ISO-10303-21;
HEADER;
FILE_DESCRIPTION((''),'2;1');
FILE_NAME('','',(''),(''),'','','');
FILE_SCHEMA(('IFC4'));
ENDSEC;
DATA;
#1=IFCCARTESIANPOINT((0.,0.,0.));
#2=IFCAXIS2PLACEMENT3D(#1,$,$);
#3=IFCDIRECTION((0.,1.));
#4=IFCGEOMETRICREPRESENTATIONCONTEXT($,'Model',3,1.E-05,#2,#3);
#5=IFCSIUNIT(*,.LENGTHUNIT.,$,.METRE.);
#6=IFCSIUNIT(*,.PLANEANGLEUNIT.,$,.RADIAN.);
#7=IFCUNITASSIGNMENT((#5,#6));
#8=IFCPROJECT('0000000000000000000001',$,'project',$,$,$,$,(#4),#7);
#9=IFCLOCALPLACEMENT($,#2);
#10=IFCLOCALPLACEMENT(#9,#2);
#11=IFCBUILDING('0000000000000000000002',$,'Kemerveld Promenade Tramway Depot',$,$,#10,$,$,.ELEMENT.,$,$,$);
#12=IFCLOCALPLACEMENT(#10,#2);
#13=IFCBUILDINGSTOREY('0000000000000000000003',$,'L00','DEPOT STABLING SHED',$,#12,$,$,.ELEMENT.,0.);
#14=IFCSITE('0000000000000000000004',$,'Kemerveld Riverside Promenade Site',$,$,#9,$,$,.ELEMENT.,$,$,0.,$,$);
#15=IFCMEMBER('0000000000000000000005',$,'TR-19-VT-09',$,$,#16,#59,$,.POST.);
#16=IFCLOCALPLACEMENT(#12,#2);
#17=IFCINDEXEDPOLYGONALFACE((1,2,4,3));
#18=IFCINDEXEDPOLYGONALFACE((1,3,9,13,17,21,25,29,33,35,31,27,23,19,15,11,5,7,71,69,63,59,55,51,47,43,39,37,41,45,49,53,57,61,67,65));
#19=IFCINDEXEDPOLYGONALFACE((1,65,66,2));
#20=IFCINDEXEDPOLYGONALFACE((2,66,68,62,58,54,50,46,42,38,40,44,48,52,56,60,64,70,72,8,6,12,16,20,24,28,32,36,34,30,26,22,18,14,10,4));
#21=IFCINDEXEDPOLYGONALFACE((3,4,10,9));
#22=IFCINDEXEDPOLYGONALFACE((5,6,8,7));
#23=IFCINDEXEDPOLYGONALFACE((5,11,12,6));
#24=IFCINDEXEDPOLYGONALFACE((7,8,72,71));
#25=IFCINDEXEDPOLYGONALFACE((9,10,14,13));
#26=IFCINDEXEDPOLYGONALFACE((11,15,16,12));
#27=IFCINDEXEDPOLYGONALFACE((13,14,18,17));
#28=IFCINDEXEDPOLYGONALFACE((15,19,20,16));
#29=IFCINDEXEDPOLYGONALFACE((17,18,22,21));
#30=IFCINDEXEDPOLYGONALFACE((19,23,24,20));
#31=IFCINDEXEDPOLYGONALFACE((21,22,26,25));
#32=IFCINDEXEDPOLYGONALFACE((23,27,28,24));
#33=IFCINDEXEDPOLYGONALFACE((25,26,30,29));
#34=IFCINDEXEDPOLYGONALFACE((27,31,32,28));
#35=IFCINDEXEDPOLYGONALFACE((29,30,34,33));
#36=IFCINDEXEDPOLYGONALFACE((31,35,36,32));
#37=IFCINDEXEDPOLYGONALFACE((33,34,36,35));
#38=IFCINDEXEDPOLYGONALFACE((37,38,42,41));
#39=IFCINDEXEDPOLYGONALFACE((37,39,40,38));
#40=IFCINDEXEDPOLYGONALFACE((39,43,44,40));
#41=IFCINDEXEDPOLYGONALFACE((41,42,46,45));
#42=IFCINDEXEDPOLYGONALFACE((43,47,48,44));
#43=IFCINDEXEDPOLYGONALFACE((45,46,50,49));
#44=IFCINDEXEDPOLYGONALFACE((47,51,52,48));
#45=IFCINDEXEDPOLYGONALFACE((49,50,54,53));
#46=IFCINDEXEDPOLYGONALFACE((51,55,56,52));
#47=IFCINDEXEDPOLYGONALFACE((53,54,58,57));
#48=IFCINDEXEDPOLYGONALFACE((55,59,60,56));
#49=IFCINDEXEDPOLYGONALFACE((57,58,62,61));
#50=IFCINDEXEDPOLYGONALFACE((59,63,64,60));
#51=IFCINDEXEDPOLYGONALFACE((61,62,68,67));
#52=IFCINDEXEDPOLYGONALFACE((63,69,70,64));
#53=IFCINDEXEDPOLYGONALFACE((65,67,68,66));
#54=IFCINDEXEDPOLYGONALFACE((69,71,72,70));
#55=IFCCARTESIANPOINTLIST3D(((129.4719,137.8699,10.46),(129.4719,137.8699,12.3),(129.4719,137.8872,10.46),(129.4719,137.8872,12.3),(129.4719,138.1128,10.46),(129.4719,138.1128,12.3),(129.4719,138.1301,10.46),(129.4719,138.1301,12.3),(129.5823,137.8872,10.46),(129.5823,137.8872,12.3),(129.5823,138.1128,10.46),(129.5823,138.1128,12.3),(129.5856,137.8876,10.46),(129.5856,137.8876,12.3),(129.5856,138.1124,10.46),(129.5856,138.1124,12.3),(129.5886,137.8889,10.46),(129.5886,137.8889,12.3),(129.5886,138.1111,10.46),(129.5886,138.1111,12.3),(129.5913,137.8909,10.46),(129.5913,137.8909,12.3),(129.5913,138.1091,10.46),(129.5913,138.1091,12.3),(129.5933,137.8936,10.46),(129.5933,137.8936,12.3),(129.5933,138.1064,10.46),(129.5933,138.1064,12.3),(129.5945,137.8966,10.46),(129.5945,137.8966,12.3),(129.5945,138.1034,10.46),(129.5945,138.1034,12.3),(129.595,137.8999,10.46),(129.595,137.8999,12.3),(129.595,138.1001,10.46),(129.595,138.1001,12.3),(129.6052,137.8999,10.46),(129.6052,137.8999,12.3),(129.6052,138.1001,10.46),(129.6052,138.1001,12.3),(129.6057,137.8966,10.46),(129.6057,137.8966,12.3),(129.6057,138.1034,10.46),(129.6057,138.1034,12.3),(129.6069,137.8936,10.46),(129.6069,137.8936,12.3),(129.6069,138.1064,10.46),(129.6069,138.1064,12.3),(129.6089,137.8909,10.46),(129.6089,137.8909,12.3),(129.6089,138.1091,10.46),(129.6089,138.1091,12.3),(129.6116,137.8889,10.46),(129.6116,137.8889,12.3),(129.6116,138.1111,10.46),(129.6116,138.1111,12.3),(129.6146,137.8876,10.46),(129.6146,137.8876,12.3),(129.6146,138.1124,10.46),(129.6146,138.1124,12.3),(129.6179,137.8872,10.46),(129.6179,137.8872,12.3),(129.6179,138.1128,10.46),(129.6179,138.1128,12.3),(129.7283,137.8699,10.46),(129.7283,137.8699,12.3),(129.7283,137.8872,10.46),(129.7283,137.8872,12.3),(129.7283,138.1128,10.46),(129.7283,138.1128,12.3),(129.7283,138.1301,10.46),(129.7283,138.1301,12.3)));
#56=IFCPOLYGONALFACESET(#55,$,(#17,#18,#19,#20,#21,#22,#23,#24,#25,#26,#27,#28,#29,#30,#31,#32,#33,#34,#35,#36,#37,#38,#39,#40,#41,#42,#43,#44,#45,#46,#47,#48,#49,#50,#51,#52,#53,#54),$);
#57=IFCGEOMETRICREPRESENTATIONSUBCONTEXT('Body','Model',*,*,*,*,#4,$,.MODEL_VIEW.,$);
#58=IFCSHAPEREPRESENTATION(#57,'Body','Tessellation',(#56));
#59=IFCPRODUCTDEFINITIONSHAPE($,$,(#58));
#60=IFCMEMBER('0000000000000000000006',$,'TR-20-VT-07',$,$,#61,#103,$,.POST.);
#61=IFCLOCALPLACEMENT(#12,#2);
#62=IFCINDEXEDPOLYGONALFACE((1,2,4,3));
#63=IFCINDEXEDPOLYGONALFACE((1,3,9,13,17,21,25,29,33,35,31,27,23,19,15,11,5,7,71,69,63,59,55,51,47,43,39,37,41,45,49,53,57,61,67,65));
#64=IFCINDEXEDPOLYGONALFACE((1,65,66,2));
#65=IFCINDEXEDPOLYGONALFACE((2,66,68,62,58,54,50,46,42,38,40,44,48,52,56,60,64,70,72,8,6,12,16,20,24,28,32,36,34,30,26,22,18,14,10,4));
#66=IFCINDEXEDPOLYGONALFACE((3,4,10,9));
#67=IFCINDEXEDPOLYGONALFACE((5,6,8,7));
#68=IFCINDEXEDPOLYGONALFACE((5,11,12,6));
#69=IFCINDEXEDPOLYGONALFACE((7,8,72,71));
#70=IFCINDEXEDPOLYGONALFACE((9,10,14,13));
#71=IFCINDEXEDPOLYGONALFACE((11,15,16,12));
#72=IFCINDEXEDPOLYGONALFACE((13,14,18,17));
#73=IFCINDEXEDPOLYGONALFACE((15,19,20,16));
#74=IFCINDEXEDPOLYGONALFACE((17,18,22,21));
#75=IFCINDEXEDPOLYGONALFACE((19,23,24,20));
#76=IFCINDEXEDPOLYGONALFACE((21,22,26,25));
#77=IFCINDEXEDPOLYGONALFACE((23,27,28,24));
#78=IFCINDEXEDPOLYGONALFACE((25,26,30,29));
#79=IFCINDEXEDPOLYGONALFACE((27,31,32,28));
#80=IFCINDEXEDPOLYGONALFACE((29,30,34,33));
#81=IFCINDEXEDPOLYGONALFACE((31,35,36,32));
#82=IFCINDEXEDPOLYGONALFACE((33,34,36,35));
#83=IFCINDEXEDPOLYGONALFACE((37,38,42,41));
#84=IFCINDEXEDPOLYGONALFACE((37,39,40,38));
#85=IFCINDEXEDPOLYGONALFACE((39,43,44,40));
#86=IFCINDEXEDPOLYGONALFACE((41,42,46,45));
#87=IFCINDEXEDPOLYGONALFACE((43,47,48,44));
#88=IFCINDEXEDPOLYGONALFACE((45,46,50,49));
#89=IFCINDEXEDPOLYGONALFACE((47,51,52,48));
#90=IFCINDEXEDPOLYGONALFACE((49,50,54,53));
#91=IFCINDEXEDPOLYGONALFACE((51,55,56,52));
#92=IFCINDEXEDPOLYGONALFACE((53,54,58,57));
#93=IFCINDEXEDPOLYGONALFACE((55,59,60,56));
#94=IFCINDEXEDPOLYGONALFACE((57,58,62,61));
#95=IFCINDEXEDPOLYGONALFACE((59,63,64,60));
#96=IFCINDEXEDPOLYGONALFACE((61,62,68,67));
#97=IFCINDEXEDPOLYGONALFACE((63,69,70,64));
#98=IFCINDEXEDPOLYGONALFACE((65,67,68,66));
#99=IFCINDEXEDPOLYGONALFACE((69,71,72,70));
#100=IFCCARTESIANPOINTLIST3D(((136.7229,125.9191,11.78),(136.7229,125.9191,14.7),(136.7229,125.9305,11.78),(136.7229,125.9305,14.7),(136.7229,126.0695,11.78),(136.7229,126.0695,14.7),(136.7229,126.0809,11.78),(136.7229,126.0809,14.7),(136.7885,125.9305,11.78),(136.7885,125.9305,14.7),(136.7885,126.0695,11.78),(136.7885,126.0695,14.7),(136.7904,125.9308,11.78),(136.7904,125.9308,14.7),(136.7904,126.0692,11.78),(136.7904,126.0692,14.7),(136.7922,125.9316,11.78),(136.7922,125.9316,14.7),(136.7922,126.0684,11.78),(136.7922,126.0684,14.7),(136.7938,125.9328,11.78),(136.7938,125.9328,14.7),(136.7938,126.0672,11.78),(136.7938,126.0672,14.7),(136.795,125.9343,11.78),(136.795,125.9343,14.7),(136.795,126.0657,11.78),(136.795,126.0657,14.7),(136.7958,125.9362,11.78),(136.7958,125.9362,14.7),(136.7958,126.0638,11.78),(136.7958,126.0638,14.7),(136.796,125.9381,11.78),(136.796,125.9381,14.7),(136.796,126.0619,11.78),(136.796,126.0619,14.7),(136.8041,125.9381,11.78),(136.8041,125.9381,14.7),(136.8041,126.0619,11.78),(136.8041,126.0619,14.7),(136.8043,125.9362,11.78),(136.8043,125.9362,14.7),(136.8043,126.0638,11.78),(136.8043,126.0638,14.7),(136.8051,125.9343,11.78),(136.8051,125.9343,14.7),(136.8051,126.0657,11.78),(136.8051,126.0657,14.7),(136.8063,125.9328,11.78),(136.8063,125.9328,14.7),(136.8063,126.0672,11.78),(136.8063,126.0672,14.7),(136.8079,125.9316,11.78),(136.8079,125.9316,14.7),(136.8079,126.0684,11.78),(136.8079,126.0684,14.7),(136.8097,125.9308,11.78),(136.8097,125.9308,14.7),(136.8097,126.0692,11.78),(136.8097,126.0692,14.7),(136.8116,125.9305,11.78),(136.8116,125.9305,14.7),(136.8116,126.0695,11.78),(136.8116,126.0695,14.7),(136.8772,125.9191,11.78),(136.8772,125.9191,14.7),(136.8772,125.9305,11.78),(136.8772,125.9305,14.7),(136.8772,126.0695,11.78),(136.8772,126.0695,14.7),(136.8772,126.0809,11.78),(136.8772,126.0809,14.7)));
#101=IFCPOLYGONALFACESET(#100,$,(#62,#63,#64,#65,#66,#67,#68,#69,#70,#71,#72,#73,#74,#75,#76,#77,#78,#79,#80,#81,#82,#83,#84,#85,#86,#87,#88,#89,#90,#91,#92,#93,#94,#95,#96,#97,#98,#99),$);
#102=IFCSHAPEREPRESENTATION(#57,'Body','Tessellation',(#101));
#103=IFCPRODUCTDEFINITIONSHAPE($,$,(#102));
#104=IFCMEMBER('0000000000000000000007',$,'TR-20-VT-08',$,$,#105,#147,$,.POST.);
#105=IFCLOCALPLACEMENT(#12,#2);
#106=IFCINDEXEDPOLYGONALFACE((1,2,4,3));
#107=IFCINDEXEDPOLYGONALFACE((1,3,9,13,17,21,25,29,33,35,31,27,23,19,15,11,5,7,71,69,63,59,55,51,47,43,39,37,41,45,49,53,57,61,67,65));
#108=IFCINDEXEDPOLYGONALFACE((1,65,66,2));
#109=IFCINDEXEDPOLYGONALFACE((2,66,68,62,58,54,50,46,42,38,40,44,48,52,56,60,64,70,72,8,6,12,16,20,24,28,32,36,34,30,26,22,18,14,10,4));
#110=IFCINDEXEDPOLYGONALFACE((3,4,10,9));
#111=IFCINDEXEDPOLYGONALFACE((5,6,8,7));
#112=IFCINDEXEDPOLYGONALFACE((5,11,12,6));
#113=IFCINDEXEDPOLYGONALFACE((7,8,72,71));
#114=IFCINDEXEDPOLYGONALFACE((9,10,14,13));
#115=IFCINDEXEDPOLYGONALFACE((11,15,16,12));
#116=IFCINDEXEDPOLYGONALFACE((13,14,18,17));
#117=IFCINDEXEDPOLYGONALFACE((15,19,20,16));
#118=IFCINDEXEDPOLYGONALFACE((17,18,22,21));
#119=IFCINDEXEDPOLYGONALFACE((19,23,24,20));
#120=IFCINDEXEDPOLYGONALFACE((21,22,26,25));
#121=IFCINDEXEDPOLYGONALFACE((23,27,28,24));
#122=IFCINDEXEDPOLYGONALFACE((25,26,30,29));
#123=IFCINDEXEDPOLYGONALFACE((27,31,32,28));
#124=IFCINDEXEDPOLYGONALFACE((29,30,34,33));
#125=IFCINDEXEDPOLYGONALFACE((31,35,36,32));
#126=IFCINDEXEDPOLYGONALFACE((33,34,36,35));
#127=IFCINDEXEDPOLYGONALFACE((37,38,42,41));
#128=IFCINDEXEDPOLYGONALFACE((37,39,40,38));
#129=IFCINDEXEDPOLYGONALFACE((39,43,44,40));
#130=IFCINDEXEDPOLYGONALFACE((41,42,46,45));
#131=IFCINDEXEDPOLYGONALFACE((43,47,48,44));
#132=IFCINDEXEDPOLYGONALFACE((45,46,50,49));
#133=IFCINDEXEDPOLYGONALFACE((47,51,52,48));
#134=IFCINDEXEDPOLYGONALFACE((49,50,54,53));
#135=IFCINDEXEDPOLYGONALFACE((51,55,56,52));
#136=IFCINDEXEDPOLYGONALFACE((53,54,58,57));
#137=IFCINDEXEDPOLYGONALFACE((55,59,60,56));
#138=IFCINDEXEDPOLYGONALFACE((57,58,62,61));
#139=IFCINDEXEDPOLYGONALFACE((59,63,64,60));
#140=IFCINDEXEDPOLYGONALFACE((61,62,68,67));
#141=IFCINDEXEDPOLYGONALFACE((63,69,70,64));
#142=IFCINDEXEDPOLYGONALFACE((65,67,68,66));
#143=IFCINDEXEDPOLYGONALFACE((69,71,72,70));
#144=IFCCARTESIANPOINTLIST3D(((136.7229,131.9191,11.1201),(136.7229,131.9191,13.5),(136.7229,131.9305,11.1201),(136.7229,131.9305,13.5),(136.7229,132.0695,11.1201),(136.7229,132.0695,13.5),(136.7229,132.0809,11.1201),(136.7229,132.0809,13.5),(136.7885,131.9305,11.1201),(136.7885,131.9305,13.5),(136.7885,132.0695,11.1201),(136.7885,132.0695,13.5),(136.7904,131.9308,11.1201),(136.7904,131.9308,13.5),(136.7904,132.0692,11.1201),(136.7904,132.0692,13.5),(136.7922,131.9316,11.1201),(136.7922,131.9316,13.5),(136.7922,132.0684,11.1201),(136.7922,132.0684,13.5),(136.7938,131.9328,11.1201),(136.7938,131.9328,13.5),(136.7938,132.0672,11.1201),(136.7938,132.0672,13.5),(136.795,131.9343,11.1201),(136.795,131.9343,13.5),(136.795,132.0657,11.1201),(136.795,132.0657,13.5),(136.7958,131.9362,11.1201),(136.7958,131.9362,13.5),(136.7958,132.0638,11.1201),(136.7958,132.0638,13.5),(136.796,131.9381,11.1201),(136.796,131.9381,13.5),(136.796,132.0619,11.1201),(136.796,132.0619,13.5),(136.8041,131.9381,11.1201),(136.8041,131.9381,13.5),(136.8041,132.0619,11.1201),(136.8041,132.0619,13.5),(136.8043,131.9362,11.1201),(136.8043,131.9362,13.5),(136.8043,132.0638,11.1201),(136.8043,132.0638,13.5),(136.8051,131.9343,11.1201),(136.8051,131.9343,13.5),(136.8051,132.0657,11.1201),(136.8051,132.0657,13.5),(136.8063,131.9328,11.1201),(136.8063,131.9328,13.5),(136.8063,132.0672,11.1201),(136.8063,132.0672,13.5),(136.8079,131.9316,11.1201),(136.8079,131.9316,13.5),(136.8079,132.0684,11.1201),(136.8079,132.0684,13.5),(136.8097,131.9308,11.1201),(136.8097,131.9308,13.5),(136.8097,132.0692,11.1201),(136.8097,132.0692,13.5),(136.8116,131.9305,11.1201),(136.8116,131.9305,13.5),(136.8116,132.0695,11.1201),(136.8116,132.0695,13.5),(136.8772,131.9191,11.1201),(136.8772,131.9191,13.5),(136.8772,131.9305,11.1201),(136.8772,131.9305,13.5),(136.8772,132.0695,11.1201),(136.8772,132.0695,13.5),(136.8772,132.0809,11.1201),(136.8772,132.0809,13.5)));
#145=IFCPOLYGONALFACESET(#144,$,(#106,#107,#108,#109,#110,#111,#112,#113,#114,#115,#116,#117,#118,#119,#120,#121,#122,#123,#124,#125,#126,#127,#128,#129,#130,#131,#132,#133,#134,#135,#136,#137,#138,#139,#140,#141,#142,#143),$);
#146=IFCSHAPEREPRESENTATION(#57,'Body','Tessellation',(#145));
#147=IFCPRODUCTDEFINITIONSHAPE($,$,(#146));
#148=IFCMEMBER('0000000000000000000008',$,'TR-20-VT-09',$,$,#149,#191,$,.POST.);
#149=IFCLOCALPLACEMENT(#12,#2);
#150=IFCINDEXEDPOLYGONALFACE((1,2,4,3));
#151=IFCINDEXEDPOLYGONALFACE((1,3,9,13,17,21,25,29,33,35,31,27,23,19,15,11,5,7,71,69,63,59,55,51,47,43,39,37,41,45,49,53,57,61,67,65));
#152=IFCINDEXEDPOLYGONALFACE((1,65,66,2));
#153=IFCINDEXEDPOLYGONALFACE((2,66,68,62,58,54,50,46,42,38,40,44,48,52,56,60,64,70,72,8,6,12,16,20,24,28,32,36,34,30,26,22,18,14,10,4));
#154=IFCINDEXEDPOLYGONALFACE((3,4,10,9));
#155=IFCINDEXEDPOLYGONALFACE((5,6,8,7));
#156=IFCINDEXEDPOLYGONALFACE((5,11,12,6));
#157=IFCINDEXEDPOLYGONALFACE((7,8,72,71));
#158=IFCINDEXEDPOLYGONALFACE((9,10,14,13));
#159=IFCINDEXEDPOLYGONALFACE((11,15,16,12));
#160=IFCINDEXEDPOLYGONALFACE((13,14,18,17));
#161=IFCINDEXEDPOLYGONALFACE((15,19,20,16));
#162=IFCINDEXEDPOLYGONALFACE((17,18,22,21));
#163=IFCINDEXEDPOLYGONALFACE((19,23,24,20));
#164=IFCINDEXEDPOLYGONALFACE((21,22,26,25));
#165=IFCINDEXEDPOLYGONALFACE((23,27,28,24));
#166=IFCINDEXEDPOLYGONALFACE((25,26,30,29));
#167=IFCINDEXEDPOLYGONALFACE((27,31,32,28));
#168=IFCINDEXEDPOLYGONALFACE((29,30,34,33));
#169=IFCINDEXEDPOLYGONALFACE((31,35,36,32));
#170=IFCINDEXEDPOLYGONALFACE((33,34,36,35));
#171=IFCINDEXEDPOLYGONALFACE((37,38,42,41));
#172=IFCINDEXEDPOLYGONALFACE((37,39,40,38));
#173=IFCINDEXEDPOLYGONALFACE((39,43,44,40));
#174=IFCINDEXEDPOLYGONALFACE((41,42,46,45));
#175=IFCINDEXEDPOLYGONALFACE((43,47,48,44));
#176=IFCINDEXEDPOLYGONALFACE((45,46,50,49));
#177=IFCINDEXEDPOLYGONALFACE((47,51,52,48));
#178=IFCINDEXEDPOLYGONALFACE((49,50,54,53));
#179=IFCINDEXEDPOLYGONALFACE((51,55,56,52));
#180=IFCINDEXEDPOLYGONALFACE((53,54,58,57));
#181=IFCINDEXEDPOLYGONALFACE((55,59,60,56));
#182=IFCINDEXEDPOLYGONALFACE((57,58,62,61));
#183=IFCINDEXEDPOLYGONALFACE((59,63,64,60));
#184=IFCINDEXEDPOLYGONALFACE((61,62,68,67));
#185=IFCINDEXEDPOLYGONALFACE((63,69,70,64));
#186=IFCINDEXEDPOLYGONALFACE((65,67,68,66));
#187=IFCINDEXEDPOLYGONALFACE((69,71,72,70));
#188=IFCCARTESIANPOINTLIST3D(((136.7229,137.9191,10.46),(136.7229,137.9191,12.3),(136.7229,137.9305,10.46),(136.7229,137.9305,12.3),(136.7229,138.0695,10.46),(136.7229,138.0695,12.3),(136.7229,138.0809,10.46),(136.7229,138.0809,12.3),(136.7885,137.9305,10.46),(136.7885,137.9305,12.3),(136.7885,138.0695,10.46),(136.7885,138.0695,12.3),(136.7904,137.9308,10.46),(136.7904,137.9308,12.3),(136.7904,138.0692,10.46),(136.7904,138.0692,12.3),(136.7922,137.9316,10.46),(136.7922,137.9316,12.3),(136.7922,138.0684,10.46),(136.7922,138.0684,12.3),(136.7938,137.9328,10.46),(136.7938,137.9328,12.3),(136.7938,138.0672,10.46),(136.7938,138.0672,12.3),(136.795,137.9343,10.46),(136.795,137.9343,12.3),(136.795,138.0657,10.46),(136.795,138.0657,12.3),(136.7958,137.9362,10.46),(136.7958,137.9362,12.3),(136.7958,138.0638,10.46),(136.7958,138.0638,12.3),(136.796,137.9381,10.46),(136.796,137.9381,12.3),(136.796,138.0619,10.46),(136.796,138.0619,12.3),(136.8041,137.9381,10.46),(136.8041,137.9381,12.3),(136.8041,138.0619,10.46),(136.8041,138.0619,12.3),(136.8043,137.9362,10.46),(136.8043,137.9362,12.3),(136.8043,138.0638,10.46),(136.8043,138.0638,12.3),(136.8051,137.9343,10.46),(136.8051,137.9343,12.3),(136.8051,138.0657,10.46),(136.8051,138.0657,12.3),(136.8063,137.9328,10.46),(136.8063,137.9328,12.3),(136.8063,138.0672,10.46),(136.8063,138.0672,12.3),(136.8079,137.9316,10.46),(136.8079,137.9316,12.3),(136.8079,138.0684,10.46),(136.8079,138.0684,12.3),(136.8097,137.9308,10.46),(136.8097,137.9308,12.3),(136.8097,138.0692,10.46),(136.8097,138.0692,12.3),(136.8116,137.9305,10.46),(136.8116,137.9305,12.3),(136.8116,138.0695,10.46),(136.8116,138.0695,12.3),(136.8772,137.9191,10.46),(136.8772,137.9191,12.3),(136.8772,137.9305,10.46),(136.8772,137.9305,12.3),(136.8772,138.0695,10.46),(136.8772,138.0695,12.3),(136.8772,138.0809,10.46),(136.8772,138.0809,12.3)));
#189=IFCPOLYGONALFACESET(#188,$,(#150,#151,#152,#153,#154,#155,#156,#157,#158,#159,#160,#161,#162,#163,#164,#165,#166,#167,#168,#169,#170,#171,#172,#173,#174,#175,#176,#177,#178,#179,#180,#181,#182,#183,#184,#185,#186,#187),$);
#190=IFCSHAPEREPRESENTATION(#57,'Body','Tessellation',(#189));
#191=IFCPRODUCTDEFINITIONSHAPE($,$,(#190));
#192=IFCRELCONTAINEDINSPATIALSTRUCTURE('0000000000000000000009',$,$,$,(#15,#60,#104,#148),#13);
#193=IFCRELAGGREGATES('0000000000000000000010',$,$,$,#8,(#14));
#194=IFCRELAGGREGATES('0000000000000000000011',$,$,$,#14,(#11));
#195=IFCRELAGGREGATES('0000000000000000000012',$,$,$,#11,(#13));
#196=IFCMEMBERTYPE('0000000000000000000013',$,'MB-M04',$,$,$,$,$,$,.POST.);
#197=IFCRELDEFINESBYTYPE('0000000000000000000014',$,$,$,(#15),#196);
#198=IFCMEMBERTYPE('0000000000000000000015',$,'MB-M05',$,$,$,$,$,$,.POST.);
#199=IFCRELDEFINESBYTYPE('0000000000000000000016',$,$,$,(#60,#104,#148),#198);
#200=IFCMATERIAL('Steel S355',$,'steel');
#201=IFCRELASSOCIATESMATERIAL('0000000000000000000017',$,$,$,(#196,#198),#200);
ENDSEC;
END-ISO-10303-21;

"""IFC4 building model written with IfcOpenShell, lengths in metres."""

from ifc_helpers import new_model, si_unit, direction, frame, origin, origin_2d, place, context, subcontext, project, spatial, i_section, extrude, material, material_profile, profile_set, type_object, element, save


model = new_model("IFC4")

# Units and contexts
model_context = context("Model", 3, precision=1e-05, world=origin(), true_north=direction((0.0, 1.0)))
body_context = subcontext(model_context, "Body", "Model", "MODEL_VIEW")
ifc_project = project(units=[si_unit("LENGTHUNIT", "METRE"), si_unit("PLANEANGLEUNIT", "RADIAN")], contexts=[model_context])

# Site, building, storey
site_placement = place(None, origin())
site = spatial("IfcSite", under=ifc_project, at=site_placement, Name="Kemerveld Riverside Promenade Site", CompositionType="ELEMENT", RefElevation=0.0)
building_placement = place(site_placement, origin())
building = spatial("IfcBuilding", under=site, at=building_placement, Name="Kemerveld Promenade Tramway Depot", CompositionType="ELEMENT")
storey_placement = place(building_placement, origin())
storey = spatial("IfcBuildingStorey", under=building, at=storey_placement, Name="L00", Description="DEPOT STABLING SHED", CompositionType="ELEMENT", Elevation=0.0)

# Members
ifc_material = material(Name="Steel S355", Category="steel")
ifc_material_profile_1 = material_profile(ifc_material, i_section(OverallWidth=0.2563, OverallDepth=0.2603, WebThickness=0.0103, FlangeThickness=0.0173, FilletRadius=0.0127, at=origin_2d()), Name="254x254x89 UC")
ifc_profile_set_1 = profile_set([ifc_material_profile_1], Name="Steel S355")
member_type_1 = type_object("IfcMemberType", Name="MB-M04", PredefinedType="POST", material=ifc_profile_set_1)
member_1_placement = place(storey_placement, frame((129.6001, 138.0, 10.46), z_axis=(0.0, 0.0, 1.0), x_axis=(1.0, 0.0, 0.0)))
element("IfcMember", 1, at=member_1_placement, inside=storey, type_object=member_type_1, Name="TR-19-VT-09", PredefinedType="POST", context=body_context, shape_type="SweptSolid", body=[
    extrude(i_section(OverallWidth=0.2563, OverallDepth=0.2603, WebThickness=0.0103, FlangeThickness=0.0173, FilletRadius=0.0127, at=origin_2d()), origin(), (0.0, 0.0, 1.0), 1.8401),
])
ifc_material_profile_2 = material_profile(ifc_material, i_section(OverallWidth=0.1543, OverallDepth=0.1619, WebThickness=0.0081, FlangeThickness=0.0115, FilletRadius=0.0076, at=origin_2d()), Name="152x152x37 UC")
ifc_profile_set_2 = profile_set([ifc_material_profile_2], Name="Steel S355")
member_type_2 = type_object("IfcMemberType", Name="MB-M05", PredefinedType="POST", material=ifc_profile_set_2)
member_2_placement = place(storey_placement, frame((136.8, 126.0, 11.78), z_axis=(0.0, 0.0, 1.0), x_axis=(1.0, 0.0, 0.0)))
element("IfcMember", 2, at=member_2_placement, inside=storey, type_object=member_type_2, Name="TR-20-VT-07", PredefinedType="POST", context=body_context, shape_type="SweptSolid", body=[
    extrude(i_section(OverallWidth=0.1543, OverallDepth=0.1619, WebThickness=0.0081, FlangeThickness=0.0115, FilletRadius=0.0076, at=origin_2d()), origin(), (0.0, 0.0, 1.0), 2.9199),
])
member_3_placement = place(storey_placement, frame((136.8, 132.0, 11.1201), z_axis=(0.0, 0.0, 1.0), x_axis=(1.0, 0.0, 0.0)))
element("IfcMember", 3, at=member_3_placement, inside=storey, type_object=member_type_2, Name="TR-20-VT-08", PredefinedType="POST", context=body_context, shape_type="SweptSolid", body=[
    extrude(i_section(OverallWidth=0.1543, OverallDepth=0.1619, WebThickness=0.0081, FlangeThickness=0.0115, FilletRadius=0.0076, at=origin_2d()), origin(), (0.0, 0.0, 1.0), 2.3799),
])
member_4_placement = place(storey_placement, frame((136.8, 138.0, 10.46), z_axis=(0.0, 0.0, 1.0), x_axis=(1.0, 0.0, 0.0)))
element("IfcMember", 4, at=member_4_placement, inside=storey, type_object=member_type_2, Name="TR-20-VT-09", PredefinedType="POST", context=body_context, shape_type="SweptSolid", body=[
    extrude(i_section(OverallWidth=0.1543, OverallDepth=0.1619, WebThickness=0.0081, FlangeThickness=0.0115, FilletRadius=0.0076, at=origin_2d()), origin(), (0.0, 0.0, 1.0), 1.8401),
])

save(model, "model.ifc")
